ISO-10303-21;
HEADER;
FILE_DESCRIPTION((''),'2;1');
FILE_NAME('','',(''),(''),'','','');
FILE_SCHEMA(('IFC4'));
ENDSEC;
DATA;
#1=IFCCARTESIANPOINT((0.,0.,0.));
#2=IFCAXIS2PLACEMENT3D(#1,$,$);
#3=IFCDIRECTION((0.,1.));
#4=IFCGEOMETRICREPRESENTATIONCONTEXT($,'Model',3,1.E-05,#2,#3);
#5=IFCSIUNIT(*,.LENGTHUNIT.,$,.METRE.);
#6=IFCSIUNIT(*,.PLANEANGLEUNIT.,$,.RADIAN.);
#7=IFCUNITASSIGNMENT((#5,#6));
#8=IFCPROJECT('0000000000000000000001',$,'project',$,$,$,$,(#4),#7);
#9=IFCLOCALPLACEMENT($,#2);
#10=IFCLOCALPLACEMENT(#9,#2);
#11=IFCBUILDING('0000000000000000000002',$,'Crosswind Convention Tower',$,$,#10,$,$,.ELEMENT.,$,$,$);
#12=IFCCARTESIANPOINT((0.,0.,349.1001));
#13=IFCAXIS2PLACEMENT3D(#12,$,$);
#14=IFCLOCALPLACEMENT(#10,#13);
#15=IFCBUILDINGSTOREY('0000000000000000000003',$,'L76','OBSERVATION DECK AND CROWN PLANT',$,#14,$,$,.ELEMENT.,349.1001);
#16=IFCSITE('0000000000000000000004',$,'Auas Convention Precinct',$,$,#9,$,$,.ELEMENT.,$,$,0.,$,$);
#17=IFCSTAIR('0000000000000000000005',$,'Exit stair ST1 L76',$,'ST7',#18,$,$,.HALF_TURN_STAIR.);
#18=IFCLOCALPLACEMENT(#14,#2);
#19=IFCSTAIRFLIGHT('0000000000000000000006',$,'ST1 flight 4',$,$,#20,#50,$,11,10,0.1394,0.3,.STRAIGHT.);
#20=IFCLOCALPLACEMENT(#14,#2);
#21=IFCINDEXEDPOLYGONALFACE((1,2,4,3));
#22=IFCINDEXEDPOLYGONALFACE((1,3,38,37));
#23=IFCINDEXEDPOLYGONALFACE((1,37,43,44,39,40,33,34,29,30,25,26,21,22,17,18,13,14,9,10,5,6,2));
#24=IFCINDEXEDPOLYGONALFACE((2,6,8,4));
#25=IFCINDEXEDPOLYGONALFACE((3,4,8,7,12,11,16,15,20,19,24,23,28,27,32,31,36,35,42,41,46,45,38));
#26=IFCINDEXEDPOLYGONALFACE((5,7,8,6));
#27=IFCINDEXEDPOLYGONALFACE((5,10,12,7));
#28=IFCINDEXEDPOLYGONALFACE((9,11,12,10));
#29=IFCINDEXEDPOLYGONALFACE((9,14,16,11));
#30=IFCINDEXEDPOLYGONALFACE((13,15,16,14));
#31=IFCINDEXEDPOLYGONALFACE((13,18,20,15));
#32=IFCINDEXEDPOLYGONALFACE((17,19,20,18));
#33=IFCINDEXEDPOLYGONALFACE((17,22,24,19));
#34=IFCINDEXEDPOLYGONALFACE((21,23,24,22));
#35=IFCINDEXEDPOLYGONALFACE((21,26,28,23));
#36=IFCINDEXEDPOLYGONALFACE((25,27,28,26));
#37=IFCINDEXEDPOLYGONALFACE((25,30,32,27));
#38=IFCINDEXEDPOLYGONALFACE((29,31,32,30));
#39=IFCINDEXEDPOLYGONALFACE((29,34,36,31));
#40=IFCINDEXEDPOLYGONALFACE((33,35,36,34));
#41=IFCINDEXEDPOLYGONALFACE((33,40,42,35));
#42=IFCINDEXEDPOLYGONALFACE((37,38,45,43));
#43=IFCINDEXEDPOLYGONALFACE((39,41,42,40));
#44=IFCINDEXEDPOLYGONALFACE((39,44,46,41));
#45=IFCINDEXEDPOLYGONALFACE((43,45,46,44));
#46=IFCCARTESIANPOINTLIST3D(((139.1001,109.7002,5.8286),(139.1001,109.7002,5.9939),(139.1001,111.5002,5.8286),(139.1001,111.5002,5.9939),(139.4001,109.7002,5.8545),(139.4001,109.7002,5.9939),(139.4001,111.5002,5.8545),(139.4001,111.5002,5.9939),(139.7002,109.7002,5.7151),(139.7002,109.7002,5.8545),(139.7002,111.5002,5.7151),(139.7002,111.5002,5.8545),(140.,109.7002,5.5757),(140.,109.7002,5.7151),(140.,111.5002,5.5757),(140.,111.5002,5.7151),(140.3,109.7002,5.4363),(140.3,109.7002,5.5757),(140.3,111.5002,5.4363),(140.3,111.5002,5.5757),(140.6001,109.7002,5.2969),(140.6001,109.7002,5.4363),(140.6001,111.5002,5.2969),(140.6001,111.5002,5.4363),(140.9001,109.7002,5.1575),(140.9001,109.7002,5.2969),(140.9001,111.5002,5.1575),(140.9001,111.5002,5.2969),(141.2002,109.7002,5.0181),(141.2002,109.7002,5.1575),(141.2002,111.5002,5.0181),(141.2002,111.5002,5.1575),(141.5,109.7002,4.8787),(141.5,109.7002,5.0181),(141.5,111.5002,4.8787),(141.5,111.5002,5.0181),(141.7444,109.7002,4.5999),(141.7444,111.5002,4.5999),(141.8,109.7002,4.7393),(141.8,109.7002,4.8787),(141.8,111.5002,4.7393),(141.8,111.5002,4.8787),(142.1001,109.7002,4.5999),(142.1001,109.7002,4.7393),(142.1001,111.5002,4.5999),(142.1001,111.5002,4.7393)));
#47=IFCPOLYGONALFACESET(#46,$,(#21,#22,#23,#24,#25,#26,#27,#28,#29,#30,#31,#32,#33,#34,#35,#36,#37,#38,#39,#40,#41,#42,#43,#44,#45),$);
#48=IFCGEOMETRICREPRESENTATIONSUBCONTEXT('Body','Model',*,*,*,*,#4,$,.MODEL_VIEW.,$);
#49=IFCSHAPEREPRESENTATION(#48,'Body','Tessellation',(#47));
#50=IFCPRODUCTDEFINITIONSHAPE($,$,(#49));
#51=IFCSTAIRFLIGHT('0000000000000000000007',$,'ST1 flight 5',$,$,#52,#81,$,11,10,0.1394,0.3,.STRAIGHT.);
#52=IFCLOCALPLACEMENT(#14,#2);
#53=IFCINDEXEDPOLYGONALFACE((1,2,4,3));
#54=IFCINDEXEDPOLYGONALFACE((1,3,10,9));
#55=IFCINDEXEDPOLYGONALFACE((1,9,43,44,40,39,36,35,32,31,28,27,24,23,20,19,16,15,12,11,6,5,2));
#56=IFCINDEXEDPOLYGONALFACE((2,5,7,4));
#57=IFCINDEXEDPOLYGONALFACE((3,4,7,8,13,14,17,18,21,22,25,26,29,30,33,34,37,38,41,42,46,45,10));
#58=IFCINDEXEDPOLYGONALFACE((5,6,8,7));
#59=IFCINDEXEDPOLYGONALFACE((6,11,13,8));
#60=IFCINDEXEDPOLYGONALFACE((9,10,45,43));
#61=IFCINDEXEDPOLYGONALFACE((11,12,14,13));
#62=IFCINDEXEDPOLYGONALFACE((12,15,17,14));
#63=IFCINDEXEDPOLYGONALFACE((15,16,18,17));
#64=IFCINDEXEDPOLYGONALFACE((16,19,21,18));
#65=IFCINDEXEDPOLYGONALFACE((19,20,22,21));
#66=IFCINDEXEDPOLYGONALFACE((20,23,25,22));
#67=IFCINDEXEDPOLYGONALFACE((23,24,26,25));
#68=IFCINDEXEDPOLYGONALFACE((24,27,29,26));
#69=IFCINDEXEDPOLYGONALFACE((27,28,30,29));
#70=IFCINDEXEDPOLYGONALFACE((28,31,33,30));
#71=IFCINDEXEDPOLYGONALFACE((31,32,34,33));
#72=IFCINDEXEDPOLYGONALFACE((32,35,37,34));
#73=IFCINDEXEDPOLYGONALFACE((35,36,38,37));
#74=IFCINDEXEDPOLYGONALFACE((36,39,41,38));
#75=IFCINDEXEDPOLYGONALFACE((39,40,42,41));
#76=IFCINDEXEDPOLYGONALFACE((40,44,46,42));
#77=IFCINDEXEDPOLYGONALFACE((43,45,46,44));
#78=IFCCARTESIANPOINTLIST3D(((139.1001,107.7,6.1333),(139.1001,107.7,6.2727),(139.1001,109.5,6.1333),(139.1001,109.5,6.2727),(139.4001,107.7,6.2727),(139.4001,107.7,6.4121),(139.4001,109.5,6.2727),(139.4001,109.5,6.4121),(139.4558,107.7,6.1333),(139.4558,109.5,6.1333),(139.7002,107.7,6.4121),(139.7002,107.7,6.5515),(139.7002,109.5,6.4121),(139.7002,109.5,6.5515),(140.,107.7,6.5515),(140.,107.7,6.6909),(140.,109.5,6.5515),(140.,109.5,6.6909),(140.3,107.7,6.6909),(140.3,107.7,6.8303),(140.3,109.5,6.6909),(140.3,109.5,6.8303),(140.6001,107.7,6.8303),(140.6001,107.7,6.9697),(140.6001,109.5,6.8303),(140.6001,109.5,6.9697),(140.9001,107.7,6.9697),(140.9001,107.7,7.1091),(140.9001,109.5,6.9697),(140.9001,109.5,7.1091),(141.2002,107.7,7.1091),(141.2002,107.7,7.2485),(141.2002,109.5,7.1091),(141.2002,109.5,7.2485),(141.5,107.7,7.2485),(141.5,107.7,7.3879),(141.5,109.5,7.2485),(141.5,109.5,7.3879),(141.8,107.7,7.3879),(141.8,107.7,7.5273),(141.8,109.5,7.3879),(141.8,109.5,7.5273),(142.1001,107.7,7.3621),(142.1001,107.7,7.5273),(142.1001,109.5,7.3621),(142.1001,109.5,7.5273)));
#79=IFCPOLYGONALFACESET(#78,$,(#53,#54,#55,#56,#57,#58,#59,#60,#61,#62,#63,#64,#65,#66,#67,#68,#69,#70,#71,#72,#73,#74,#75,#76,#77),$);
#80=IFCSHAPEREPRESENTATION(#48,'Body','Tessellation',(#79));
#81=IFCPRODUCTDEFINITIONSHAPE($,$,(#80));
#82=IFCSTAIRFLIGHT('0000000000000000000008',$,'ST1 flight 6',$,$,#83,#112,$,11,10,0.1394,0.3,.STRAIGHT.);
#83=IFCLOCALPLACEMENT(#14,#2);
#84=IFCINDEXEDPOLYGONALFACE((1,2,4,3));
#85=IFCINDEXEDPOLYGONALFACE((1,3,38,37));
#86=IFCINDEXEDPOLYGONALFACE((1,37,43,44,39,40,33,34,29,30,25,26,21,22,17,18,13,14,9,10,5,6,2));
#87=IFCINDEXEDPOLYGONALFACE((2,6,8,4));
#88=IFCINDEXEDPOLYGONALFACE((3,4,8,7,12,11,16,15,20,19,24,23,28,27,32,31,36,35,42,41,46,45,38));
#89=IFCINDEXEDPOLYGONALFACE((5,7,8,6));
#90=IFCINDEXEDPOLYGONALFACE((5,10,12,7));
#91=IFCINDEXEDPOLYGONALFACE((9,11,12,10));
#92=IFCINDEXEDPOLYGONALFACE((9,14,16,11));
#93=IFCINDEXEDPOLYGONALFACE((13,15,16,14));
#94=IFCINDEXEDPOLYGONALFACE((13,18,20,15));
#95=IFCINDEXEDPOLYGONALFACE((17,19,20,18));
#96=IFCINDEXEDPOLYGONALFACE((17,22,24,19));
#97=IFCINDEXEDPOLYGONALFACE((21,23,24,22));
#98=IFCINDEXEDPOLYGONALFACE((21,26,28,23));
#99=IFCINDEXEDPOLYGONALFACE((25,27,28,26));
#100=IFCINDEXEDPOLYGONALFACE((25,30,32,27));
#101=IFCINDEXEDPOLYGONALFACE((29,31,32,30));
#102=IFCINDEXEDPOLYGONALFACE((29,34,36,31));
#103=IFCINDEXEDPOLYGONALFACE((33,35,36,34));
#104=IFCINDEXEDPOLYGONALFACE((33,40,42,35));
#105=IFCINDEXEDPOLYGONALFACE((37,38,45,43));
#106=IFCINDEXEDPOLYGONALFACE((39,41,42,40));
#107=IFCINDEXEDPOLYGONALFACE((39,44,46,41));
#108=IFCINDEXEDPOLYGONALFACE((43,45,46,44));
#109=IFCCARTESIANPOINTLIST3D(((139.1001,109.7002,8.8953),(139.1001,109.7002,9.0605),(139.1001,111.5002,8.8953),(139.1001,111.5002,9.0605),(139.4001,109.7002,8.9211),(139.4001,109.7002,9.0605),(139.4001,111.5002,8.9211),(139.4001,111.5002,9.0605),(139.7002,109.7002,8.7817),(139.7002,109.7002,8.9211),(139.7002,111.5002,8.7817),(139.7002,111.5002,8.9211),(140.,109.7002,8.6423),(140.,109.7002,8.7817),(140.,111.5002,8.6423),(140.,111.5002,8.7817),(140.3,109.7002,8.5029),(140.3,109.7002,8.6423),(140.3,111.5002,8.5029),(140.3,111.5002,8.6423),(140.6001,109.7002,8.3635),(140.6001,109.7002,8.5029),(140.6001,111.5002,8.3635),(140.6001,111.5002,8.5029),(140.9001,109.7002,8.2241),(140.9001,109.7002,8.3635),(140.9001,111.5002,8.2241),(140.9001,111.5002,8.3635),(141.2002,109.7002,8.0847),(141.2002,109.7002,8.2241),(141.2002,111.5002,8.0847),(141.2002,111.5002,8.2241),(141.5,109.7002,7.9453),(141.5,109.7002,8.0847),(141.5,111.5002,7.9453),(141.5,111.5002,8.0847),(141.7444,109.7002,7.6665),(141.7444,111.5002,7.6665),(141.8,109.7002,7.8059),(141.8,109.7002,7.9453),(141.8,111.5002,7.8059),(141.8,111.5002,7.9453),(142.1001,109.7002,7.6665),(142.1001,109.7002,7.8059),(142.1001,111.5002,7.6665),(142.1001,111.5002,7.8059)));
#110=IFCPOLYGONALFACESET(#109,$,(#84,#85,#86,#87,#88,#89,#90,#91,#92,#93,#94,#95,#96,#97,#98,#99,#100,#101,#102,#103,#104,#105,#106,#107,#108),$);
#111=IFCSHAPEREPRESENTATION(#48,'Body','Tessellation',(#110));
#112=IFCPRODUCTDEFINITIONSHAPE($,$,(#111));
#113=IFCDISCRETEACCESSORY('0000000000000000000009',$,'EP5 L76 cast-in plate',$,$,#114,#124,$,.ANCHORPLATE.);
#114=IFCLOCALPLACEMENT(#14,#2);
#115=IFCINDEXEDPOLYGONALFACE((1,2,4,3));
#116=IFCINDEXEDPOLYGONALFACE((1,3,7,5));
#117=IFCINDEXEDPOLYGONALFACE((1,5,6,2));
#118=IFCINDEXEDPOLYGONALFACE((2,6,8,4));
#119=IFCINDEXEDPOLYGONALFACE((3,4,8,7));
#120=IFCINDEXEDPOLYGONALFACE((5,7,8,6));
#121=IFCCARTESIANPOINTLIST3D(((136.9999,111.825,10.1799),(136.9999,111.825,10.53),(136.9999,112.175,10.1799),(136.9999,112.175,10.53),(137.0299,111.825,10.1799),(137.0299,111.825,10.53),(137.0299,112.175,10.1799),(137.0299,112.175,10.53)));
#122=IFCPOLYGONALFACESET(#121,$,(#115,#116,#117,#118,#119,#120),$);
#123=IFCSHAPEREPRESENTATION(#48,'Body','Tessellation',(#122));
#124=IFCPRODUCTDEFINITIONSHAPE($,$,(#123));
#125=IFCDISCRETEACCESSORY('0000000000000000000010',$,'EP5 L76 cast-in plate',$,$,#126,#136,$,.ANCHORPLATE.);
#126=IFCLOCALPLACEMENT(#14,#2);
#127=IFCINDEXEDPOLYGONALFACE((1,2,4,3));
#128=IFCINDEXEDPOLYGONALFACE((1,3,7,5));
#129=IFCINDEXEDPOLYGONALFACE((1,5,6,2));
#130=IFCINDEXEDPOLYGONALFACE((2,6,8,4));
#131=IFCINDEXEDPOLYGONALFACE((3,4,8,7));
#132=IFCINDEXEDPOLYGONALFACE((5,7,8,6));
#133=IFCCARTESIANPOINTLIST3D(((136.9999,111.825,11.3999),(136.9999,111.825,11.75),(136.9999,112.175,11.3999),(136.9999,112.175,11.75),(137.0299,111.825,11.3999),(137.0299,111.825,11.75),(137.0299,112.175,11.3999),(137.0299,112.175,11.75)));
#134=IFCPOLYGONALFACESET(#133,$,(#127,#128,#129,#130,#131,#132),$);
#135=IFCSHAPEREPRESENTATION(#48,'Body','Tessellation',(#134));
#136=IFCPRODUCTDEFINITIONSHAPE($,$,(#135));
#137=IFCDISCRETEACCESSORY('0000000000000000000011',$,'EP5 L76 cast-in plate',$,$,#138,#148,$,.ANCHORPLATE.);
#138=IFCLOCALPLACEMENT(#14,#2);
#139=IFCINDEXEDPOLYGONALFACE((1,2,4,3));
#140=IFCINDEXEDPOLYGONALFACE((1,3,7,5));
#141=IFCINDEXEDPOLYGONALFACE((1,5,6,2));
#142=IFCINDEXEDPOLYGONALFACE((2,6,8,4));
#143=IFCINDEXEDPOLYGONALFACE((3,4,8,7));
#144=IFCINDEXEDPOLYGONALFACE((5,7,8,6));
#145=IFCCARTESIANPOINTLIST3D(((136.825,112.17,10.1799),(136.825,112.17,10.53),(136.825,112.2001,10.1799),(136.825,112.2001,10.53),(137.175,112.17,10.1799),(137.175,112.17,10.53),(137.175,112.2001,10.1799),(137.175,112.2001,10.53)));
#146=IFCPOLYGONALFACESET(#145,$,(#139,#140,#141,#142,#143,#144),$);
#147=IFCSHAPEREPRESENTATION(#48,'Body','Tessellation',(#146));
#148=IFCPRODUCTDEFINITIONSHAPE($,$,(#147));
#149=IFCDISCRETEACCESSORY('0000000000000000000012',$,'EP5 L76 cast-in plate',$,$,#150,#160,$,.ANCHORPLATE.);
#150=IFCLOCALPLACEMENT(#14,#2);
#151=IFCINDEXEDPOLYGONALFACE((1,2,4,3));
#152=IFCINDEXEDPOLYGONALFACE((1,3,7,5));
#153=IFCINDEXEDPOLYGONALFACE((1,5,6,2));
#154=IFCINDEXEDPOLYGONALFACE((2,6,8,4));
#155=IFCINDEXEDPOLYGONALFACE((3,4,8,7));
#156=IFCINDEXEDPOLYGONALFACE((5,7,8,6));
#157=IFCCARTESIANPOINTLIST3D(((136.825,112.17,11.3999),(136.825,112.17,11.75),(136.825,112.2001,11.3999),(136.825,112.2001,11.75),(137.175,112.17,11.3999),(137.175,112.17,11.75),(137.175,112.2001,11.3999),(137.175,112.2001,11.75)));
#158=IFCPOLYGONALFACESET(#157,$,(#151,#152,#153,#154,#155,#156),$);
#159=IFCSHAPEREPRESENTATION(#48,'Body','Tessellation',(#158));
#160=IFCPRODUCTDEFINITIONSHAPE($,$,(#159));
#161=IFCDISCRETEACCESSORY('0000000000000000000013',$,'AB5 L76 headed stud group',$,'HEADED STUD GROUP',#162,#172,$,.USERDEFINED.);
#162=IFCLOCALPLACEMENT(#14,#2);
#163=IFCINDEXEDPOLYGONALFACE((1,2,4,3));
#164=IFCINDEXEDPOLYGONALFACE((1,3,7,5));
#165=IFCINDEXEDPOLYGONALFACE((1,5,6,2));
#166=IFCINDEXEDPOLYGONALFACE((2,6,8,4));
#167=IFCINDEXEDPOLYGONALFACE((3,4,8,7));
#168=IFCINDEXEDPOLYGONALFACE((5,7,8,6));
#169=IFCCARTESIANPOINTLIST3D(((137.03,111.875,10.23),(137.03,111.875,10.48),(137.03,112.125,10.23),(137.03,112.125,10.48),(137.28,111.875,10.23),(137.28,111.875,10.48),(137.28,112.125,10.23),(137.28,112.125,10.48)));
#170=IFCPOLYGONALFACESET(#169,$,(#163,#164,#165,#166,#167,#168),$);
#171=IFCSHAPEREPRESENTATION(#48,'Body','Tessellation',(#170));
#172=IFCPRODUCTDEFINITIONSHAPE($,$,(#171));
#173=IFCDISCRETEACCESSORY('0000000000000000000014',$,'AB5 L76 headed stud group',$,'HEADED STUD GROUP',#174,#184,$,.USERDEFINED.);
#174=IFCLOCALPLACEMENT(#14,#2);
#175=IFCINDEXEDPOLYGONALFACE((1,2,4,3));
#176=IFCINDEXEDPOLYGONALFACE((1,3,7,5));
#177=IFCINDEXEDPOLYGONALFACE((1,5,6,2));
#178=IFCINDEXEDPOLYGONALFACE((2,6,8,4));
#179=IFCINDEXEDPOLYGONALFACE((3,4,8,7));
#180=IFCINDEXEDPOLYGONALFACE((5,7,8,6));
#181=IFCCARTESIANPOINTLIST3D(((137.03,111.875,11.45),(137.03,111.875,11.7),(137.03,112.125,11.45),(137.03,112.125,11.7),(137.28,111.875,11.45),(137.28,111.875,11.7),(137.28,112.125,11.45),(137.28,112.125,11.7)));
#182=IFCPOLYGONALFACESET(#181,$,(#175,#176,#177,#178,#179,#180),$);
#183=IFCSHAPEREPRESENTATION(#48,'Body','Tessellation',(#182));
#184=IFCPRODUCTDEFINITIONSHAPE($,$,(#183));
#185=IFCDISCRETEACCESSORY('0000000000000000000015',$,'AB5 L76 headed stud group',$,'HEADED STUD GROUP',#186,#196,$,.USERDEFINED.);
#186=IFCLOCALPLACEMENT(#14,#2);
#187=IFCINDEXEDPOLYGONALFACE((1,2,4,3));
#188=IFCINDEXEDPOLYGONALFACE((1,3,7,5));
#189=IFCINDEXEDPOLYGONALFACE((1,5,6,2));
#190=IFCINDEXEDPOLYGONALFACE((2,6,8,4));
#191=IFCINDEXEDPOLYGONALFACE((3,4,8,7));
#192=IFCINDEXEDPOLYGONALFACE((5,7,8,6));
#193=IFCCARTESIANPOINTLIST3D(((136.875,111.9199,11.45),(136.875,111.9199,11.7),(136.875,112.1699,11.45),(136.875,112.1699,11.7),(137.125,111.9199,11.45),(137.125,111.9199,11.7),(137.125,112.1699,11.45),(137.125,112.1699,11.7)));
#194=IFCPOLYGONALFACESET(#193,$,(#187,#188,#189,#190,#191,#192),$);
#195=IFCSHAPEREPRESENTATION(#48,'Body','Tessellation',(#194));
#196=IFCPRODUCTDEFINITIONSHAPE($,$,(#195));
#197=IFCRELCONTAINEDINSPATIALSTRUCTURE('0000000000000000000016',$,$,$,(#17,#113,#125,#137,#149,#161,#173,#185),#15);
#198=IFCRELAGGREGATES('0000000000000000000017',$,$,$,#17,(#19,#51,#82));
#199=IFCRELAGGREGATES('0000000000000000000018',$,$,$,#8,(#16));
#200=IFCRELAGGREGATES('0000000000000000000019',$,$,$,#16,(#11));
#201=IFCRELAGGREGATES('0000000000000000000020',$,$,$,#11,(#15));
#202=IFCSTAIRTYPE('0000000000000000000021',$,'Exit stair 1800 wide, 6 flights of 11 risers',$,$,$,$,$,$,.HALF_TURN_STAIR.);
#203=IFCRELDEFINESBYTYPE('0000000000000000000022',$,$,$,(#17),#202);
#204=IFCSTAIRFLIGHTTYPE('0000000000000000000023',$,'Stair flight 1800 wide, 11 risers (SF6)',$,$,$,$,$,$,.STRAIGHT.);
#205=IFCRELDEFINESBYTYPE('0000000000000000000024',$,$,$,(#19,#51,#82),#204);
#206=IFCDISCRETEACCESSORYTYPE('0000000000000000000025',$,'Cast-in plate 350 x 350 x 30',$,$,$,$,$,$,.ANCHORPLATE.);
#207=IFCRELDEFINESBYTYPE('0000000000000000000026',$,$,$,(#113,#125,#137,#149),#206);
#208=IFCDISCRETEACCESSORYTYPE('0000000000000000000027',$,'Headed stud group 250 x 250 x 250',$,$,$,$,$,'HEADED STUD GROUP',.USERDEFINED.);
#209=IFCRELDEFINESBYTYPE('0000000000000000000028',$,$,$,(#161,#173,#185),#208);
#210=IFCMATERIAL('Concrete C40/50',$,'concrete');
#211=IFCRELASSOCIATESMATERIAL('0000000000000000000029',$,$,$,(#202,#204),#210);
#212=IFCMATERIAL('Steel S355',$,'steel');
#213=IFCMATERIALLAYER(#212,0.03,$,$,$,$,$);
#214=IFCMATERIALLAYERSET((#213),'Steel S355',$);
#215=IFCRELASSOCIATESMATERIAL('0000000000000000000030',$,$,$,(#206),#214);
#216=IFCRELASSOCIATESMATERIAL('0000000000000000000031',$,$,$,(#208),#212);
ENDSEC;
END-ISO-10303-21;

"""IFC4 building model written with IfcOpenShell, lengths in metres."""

from ifc_helpers import new_model, si_unit, direction, frame, origin, origin_2d, place, context, subcontext, project, spatial, polyline, rectangle, outline, extrude, material, layer, layer_set, type_object, element, aggregate, save


model = new_model("IFC4")

# Units and contexts
model_context = context("Model", 3, precision=1e-05, world=origin(), true_north=direction((0.0, 1.0)))
body_context = subcontext(model_context, "Body", "Model", "MODEL_VIEW")
ifc_project = project(units=[si_unit("LENGTHUNIT", "METRE"), si_unit("PLANEANGLEUNIT", "RADIAN")], contexts=[model_context])

# Site, building, storey
site_placement = place(None, origin())
site = spatial("IfcSite", under=ifc_project, at=site_placement, Name="Auas Convention Precinct", CompositionType="ELEMENT", RefElevation=0.0)
building_placement = place(site_placement, origin())
building = spatial("IfcBuilding", under=site, at=building_placement, Name="Crosswind Convention Tower", CompositionType="ELEMENT")
storey_placement = place(building_placement, frame((0.0, 0.0, 349.1001)))
storey = spatial("IfcBuildingStorey", under=building, at=storey_placement, Name="L76", Description="OBSERVATION DECK AND CROWN PLANT", CompositionType="ELEMENT", Elevation=349.1001)

# Shared definitions
ifc_material_1 = material(Name="Steel S355", Category="steel")

# Stair, stair flights
ifc_material_2 = material(Name="Concrete C40/50", Category="concrete")
stair_type = type_object("IfcStairType", Name="Exit stair 1800 wide, 6 flights of 11 risers", PredefinedType="HALF_TURN_STAIR", material=ifc_material_2)
stair_placement = place(storey_placement, origin())
stair = element("IfcStair", 1, at=stair_placement, inside=storey, type_object=stair_type, Name="Exit stair ST1 L76", ObjectType="ST7", PredefinedType="HALF_TURN_STAIR")
stair_flight_type = type_object("IfcStairFlightType", Name="Stair flight 1800 wide, 11 risers (SF6)", PredefinedType="STRAIGHT", material=ifc_material_2)
stair_flight_1_placement = place(storey_placement, frame((142.1001, 110.6001, 4.5999), z_axis=(0.0, 0.0, 1.0), x_axis=(-1.0, 0.0, 0.0)))
stair_flight_1 = element("IfcStairFlight", 2, at=stair_flight_1_placement, type_object=stair_flight_type, Name="ST1 flight 4", NumberOfRisers=11, NumberOfTreads=10, PredefinedType="STRAIGHT", RiserHeight=0.1394, TreadLength=0.3, context=body_context, shape_type="SweptSolid", body=[
    extrude(outline(polyline([(0.0, 0.0), (0.0, 0.1394), (0.3, 0.1394), (0.3, 0.2788), (0.6001, 0.2788), (0.6001, 0.4182), (0.8999, 0.4182), (0.8999, 0.5576), (1.2, 0.5576), (1.2, 0.697), (1.5, 0.697), (1.5, 0.8364), (1.8, 0.8364), (1.8, 0.9758), (2.1001, 0.9758), (2.1001, 1.1152), (2.3999, 1.1152), (2.3999, 1.2546), (2.7, 1.2546), (2.7, 1.394), (3.0, 1.394), (3.0, 1.5334), (3.0, 1.2288), (0.3557, 0.0), (0.0, 0.0)])), frame((0.0, 0.8999, 0.0), z_axis=(0.0, -1.0, 0.0), x_axis=(1.0, 0.0, 0.0)), (0.0, 0.0, 1.0), 1.8),
])
stair_flight_2_placement = place(storey_placement, frame((139.1001, 108.6001, 6.1333), z_axis=(0.0, 0.0, 1.0), x_axis=(1.0, 0.0, 0.0)))
stair_flight_2 = element("IfcStairFlight", 3, at=stair_flight_2_placement, type_object=stair_flight_type, Name="ST1 flight 5", NumberOfRisers=11, NumberOfTreads=10, PredefinedType="STRAIGHT", RiserHeight=0.1394, TreadLength=0.3, context=body_context, shape_type="SweptSolid", body=[
    extrude(outline(polyline([(0.0, 0.0), (0.0, 0.1394), (0.3, 0.1394), (0.3, 0.2788), (0.6001, 0.2788), (0.6001, 0.4182), (0.8999, 0.4182), (0.8999, 0.5576), (1.2, 0.5576), (1.2, 0.697), (1.5, 0.697), (1.5, 0.8364), (1.8, 0.8364), (1.8, 0.9758), (2.1001, 0.9758), (2.1001, 1.1152), (2.3999, 1.1152), (2.3999, 1.2546), (2.7, 1.2546), (2.7, 1.394), (3.0, 1.394), (3.0, 1.5334), (3.0, 1.2288), (0.3557, 0.0), (0.0, 0.0)])), frame((0.0, 0.8999, 0.0), z_axis=(0.0, -1.0, 0.0), x_axis=(1.0, 0.0, 0.0)), (0.0, 0.0, 1.0), 1.8),
])
stair_flight_3_placement = place(storey_placement, frame((142.1001, 110.6001, 7.6665), z_axis=(0.0, 0.0, 1.0), x_axis=(-1.0, 0.0, 0.0)))
stair_flight_3 = element("IfcStairFlight", 4, at=stair_flight_3_placement, type_object=stair_flight_type, Name="ST1 flight 6", NumberOfRisers=11, NumberOfTreads=10, PredefinedType="STRAIGHT", RiserHeight=0.1394, TreadLength=0.3, context=body_context, shape_type="SweptSolid", body=[
    extrude(outline(polyline([(0.0, 0.0), (0.0, 0.1394), (0.3, 0.1394), (0.3, 0.2788), (0.6001, 0.2788), (0.6001, 0.4182), (0.8999, 0.4182), (0.8999, 0.5576), (1.2, 0.5576), (1.2, 0.697), (1.5, 0.697), (1.5, 0.8364), (1.8, 0.8364), (1.8, 0.9758), (2.1001, 0.9758), (2.1001, 1.1152), (2.3999, 1.1152), (2.3999, 1.2546), (2.7, 1.2546), (2.7, 1.394), (3.0, 1.394), (3.0, 1.5334), (3.0, 1.2288), (0.3557, 0.0), (0.0, 0.0)])), frame((0.0, 0.8999, 0.0), z_axis=(0.0, -1.0, 0.0), x_axis=(1.0, 0.0, 0.0)), (0.0, 0.0, 1.0), 1.8),
])
aggregate(stair, [stair_flight_1, stair_flight_2, stair_flight_3])

# Discrete accessories
ifc_layer = layer(ifc_material_1, 0.03)
ifc_layer_set = layer_set([ifc_layer], Name="Steel S355")
discrete_accessory_type_1 = type_object("IfcDiscreteAccessoryType", Name="Cast-in plate 350 x 350 x 30", PredefinedType="ANCHORPLATE", material=ifc_layer_set)
for number, where, z_axis, x_axis, name in (
    (5, (137.0149, 112.0, 10.1799), (0.0, 0.0, 1.0), (1.0, 0.0, 0.0), "EP5 L76 cast-in plate"),
    (6, (137.0149, 112.0, 11.3999), (0.0, 0.0, 1.0), (1.0, 0.0, 0.0), "EP5 L76 cast-in plate"),
):
    element("IfcDiscreteAccessory", number, at=place(storey_placement, frame(where, z_axis=z_axis, x_axis=x_axis)), inside=storey, type_object=discrete_accessory_type_1, Name=name, PredefinedType="ANCHORPLATE", context=body_context, shape_type="SweptSolid", body=[
        extrude(rectangle(XDim=0.03, YDim=0.3501, at=origin_2d()), origin(), (0.0, 0.0, 1.0), 0.3501),
    ])
for number, where, z_axis, x_axis, name in (
    (7, (137.0, 112.1851, 10.1799), (0.0, 0.0, 1.0), (1.0, 0.0, 0.0), "EP5 L76 cast-in plate"),
    (8, (137.0, 112.1851, 11.3999), (0.0, 0.0, 1.0), (1.0, 0.0, 0.0), "EP5 L76 cast-in plate"),
):
    element("IfcDiscreteAccessory", number, at=place(storey_placement, frame(where, z_axis=z_axis, x_axis=x_axis)), inside=storey, type_object=discrete_accessory_type_1, Name=name, PredefinedType="ANCHORPLATE", context=body_context, shape_type="SweptSolid", body=[
        extrude(rectangle(XDim=0.3501, YDim=0.03, at=origin_2d()), origin(), (0.0, 0.0, 1.0), 0.3501),
    ])
discrete_accessory_type_2 = type_object("IfcDiscreteAccessoryType", Name="Headed stud group 250 x 250 x 250", ElementType="HEADED STUD GROUP", PredefinedType="USERDEFINED", material=ifc_material_1)
for number, where, z_axis, x_axis, name in (
    (9, (137.155, 112.0, 10.23), (0.0, 0.0, 1.0), (1.0, 0.0, 0.0), "AB5 L76 headed stud group"),
    (10, (137.155, 112.0, 11.45), (0.0, 0.0, 1.0), (1.0, 0.0, 0.0), "AB5 L76 headed stud group"),
    (11, (137.0, 112.0449, 11.45), (0.0, 0.0, 1.0), (1.0, 0.0, 0.0), "AB5 L76 headed stud group"),
):
    element("IfcDiscreteAccessory", number, at=place(storey_placement, frame(where, z_axis=z_axis, x_axis=x_axis)), inside=storey, type_object=discrete_accessory_type_2, Name=name, ObjectType="HEADED STUD GROUP", PredefinedType="USERDEFINED", context=body_context, shape_type="SweptSolid", body=[
        extrude(rectangle(XDim=0.25, YDim=0.25, at=origin_2d()), origin(), (0.0, 0.0, 1.0), 0.25),
    ])

save(model, "model.ifc")
